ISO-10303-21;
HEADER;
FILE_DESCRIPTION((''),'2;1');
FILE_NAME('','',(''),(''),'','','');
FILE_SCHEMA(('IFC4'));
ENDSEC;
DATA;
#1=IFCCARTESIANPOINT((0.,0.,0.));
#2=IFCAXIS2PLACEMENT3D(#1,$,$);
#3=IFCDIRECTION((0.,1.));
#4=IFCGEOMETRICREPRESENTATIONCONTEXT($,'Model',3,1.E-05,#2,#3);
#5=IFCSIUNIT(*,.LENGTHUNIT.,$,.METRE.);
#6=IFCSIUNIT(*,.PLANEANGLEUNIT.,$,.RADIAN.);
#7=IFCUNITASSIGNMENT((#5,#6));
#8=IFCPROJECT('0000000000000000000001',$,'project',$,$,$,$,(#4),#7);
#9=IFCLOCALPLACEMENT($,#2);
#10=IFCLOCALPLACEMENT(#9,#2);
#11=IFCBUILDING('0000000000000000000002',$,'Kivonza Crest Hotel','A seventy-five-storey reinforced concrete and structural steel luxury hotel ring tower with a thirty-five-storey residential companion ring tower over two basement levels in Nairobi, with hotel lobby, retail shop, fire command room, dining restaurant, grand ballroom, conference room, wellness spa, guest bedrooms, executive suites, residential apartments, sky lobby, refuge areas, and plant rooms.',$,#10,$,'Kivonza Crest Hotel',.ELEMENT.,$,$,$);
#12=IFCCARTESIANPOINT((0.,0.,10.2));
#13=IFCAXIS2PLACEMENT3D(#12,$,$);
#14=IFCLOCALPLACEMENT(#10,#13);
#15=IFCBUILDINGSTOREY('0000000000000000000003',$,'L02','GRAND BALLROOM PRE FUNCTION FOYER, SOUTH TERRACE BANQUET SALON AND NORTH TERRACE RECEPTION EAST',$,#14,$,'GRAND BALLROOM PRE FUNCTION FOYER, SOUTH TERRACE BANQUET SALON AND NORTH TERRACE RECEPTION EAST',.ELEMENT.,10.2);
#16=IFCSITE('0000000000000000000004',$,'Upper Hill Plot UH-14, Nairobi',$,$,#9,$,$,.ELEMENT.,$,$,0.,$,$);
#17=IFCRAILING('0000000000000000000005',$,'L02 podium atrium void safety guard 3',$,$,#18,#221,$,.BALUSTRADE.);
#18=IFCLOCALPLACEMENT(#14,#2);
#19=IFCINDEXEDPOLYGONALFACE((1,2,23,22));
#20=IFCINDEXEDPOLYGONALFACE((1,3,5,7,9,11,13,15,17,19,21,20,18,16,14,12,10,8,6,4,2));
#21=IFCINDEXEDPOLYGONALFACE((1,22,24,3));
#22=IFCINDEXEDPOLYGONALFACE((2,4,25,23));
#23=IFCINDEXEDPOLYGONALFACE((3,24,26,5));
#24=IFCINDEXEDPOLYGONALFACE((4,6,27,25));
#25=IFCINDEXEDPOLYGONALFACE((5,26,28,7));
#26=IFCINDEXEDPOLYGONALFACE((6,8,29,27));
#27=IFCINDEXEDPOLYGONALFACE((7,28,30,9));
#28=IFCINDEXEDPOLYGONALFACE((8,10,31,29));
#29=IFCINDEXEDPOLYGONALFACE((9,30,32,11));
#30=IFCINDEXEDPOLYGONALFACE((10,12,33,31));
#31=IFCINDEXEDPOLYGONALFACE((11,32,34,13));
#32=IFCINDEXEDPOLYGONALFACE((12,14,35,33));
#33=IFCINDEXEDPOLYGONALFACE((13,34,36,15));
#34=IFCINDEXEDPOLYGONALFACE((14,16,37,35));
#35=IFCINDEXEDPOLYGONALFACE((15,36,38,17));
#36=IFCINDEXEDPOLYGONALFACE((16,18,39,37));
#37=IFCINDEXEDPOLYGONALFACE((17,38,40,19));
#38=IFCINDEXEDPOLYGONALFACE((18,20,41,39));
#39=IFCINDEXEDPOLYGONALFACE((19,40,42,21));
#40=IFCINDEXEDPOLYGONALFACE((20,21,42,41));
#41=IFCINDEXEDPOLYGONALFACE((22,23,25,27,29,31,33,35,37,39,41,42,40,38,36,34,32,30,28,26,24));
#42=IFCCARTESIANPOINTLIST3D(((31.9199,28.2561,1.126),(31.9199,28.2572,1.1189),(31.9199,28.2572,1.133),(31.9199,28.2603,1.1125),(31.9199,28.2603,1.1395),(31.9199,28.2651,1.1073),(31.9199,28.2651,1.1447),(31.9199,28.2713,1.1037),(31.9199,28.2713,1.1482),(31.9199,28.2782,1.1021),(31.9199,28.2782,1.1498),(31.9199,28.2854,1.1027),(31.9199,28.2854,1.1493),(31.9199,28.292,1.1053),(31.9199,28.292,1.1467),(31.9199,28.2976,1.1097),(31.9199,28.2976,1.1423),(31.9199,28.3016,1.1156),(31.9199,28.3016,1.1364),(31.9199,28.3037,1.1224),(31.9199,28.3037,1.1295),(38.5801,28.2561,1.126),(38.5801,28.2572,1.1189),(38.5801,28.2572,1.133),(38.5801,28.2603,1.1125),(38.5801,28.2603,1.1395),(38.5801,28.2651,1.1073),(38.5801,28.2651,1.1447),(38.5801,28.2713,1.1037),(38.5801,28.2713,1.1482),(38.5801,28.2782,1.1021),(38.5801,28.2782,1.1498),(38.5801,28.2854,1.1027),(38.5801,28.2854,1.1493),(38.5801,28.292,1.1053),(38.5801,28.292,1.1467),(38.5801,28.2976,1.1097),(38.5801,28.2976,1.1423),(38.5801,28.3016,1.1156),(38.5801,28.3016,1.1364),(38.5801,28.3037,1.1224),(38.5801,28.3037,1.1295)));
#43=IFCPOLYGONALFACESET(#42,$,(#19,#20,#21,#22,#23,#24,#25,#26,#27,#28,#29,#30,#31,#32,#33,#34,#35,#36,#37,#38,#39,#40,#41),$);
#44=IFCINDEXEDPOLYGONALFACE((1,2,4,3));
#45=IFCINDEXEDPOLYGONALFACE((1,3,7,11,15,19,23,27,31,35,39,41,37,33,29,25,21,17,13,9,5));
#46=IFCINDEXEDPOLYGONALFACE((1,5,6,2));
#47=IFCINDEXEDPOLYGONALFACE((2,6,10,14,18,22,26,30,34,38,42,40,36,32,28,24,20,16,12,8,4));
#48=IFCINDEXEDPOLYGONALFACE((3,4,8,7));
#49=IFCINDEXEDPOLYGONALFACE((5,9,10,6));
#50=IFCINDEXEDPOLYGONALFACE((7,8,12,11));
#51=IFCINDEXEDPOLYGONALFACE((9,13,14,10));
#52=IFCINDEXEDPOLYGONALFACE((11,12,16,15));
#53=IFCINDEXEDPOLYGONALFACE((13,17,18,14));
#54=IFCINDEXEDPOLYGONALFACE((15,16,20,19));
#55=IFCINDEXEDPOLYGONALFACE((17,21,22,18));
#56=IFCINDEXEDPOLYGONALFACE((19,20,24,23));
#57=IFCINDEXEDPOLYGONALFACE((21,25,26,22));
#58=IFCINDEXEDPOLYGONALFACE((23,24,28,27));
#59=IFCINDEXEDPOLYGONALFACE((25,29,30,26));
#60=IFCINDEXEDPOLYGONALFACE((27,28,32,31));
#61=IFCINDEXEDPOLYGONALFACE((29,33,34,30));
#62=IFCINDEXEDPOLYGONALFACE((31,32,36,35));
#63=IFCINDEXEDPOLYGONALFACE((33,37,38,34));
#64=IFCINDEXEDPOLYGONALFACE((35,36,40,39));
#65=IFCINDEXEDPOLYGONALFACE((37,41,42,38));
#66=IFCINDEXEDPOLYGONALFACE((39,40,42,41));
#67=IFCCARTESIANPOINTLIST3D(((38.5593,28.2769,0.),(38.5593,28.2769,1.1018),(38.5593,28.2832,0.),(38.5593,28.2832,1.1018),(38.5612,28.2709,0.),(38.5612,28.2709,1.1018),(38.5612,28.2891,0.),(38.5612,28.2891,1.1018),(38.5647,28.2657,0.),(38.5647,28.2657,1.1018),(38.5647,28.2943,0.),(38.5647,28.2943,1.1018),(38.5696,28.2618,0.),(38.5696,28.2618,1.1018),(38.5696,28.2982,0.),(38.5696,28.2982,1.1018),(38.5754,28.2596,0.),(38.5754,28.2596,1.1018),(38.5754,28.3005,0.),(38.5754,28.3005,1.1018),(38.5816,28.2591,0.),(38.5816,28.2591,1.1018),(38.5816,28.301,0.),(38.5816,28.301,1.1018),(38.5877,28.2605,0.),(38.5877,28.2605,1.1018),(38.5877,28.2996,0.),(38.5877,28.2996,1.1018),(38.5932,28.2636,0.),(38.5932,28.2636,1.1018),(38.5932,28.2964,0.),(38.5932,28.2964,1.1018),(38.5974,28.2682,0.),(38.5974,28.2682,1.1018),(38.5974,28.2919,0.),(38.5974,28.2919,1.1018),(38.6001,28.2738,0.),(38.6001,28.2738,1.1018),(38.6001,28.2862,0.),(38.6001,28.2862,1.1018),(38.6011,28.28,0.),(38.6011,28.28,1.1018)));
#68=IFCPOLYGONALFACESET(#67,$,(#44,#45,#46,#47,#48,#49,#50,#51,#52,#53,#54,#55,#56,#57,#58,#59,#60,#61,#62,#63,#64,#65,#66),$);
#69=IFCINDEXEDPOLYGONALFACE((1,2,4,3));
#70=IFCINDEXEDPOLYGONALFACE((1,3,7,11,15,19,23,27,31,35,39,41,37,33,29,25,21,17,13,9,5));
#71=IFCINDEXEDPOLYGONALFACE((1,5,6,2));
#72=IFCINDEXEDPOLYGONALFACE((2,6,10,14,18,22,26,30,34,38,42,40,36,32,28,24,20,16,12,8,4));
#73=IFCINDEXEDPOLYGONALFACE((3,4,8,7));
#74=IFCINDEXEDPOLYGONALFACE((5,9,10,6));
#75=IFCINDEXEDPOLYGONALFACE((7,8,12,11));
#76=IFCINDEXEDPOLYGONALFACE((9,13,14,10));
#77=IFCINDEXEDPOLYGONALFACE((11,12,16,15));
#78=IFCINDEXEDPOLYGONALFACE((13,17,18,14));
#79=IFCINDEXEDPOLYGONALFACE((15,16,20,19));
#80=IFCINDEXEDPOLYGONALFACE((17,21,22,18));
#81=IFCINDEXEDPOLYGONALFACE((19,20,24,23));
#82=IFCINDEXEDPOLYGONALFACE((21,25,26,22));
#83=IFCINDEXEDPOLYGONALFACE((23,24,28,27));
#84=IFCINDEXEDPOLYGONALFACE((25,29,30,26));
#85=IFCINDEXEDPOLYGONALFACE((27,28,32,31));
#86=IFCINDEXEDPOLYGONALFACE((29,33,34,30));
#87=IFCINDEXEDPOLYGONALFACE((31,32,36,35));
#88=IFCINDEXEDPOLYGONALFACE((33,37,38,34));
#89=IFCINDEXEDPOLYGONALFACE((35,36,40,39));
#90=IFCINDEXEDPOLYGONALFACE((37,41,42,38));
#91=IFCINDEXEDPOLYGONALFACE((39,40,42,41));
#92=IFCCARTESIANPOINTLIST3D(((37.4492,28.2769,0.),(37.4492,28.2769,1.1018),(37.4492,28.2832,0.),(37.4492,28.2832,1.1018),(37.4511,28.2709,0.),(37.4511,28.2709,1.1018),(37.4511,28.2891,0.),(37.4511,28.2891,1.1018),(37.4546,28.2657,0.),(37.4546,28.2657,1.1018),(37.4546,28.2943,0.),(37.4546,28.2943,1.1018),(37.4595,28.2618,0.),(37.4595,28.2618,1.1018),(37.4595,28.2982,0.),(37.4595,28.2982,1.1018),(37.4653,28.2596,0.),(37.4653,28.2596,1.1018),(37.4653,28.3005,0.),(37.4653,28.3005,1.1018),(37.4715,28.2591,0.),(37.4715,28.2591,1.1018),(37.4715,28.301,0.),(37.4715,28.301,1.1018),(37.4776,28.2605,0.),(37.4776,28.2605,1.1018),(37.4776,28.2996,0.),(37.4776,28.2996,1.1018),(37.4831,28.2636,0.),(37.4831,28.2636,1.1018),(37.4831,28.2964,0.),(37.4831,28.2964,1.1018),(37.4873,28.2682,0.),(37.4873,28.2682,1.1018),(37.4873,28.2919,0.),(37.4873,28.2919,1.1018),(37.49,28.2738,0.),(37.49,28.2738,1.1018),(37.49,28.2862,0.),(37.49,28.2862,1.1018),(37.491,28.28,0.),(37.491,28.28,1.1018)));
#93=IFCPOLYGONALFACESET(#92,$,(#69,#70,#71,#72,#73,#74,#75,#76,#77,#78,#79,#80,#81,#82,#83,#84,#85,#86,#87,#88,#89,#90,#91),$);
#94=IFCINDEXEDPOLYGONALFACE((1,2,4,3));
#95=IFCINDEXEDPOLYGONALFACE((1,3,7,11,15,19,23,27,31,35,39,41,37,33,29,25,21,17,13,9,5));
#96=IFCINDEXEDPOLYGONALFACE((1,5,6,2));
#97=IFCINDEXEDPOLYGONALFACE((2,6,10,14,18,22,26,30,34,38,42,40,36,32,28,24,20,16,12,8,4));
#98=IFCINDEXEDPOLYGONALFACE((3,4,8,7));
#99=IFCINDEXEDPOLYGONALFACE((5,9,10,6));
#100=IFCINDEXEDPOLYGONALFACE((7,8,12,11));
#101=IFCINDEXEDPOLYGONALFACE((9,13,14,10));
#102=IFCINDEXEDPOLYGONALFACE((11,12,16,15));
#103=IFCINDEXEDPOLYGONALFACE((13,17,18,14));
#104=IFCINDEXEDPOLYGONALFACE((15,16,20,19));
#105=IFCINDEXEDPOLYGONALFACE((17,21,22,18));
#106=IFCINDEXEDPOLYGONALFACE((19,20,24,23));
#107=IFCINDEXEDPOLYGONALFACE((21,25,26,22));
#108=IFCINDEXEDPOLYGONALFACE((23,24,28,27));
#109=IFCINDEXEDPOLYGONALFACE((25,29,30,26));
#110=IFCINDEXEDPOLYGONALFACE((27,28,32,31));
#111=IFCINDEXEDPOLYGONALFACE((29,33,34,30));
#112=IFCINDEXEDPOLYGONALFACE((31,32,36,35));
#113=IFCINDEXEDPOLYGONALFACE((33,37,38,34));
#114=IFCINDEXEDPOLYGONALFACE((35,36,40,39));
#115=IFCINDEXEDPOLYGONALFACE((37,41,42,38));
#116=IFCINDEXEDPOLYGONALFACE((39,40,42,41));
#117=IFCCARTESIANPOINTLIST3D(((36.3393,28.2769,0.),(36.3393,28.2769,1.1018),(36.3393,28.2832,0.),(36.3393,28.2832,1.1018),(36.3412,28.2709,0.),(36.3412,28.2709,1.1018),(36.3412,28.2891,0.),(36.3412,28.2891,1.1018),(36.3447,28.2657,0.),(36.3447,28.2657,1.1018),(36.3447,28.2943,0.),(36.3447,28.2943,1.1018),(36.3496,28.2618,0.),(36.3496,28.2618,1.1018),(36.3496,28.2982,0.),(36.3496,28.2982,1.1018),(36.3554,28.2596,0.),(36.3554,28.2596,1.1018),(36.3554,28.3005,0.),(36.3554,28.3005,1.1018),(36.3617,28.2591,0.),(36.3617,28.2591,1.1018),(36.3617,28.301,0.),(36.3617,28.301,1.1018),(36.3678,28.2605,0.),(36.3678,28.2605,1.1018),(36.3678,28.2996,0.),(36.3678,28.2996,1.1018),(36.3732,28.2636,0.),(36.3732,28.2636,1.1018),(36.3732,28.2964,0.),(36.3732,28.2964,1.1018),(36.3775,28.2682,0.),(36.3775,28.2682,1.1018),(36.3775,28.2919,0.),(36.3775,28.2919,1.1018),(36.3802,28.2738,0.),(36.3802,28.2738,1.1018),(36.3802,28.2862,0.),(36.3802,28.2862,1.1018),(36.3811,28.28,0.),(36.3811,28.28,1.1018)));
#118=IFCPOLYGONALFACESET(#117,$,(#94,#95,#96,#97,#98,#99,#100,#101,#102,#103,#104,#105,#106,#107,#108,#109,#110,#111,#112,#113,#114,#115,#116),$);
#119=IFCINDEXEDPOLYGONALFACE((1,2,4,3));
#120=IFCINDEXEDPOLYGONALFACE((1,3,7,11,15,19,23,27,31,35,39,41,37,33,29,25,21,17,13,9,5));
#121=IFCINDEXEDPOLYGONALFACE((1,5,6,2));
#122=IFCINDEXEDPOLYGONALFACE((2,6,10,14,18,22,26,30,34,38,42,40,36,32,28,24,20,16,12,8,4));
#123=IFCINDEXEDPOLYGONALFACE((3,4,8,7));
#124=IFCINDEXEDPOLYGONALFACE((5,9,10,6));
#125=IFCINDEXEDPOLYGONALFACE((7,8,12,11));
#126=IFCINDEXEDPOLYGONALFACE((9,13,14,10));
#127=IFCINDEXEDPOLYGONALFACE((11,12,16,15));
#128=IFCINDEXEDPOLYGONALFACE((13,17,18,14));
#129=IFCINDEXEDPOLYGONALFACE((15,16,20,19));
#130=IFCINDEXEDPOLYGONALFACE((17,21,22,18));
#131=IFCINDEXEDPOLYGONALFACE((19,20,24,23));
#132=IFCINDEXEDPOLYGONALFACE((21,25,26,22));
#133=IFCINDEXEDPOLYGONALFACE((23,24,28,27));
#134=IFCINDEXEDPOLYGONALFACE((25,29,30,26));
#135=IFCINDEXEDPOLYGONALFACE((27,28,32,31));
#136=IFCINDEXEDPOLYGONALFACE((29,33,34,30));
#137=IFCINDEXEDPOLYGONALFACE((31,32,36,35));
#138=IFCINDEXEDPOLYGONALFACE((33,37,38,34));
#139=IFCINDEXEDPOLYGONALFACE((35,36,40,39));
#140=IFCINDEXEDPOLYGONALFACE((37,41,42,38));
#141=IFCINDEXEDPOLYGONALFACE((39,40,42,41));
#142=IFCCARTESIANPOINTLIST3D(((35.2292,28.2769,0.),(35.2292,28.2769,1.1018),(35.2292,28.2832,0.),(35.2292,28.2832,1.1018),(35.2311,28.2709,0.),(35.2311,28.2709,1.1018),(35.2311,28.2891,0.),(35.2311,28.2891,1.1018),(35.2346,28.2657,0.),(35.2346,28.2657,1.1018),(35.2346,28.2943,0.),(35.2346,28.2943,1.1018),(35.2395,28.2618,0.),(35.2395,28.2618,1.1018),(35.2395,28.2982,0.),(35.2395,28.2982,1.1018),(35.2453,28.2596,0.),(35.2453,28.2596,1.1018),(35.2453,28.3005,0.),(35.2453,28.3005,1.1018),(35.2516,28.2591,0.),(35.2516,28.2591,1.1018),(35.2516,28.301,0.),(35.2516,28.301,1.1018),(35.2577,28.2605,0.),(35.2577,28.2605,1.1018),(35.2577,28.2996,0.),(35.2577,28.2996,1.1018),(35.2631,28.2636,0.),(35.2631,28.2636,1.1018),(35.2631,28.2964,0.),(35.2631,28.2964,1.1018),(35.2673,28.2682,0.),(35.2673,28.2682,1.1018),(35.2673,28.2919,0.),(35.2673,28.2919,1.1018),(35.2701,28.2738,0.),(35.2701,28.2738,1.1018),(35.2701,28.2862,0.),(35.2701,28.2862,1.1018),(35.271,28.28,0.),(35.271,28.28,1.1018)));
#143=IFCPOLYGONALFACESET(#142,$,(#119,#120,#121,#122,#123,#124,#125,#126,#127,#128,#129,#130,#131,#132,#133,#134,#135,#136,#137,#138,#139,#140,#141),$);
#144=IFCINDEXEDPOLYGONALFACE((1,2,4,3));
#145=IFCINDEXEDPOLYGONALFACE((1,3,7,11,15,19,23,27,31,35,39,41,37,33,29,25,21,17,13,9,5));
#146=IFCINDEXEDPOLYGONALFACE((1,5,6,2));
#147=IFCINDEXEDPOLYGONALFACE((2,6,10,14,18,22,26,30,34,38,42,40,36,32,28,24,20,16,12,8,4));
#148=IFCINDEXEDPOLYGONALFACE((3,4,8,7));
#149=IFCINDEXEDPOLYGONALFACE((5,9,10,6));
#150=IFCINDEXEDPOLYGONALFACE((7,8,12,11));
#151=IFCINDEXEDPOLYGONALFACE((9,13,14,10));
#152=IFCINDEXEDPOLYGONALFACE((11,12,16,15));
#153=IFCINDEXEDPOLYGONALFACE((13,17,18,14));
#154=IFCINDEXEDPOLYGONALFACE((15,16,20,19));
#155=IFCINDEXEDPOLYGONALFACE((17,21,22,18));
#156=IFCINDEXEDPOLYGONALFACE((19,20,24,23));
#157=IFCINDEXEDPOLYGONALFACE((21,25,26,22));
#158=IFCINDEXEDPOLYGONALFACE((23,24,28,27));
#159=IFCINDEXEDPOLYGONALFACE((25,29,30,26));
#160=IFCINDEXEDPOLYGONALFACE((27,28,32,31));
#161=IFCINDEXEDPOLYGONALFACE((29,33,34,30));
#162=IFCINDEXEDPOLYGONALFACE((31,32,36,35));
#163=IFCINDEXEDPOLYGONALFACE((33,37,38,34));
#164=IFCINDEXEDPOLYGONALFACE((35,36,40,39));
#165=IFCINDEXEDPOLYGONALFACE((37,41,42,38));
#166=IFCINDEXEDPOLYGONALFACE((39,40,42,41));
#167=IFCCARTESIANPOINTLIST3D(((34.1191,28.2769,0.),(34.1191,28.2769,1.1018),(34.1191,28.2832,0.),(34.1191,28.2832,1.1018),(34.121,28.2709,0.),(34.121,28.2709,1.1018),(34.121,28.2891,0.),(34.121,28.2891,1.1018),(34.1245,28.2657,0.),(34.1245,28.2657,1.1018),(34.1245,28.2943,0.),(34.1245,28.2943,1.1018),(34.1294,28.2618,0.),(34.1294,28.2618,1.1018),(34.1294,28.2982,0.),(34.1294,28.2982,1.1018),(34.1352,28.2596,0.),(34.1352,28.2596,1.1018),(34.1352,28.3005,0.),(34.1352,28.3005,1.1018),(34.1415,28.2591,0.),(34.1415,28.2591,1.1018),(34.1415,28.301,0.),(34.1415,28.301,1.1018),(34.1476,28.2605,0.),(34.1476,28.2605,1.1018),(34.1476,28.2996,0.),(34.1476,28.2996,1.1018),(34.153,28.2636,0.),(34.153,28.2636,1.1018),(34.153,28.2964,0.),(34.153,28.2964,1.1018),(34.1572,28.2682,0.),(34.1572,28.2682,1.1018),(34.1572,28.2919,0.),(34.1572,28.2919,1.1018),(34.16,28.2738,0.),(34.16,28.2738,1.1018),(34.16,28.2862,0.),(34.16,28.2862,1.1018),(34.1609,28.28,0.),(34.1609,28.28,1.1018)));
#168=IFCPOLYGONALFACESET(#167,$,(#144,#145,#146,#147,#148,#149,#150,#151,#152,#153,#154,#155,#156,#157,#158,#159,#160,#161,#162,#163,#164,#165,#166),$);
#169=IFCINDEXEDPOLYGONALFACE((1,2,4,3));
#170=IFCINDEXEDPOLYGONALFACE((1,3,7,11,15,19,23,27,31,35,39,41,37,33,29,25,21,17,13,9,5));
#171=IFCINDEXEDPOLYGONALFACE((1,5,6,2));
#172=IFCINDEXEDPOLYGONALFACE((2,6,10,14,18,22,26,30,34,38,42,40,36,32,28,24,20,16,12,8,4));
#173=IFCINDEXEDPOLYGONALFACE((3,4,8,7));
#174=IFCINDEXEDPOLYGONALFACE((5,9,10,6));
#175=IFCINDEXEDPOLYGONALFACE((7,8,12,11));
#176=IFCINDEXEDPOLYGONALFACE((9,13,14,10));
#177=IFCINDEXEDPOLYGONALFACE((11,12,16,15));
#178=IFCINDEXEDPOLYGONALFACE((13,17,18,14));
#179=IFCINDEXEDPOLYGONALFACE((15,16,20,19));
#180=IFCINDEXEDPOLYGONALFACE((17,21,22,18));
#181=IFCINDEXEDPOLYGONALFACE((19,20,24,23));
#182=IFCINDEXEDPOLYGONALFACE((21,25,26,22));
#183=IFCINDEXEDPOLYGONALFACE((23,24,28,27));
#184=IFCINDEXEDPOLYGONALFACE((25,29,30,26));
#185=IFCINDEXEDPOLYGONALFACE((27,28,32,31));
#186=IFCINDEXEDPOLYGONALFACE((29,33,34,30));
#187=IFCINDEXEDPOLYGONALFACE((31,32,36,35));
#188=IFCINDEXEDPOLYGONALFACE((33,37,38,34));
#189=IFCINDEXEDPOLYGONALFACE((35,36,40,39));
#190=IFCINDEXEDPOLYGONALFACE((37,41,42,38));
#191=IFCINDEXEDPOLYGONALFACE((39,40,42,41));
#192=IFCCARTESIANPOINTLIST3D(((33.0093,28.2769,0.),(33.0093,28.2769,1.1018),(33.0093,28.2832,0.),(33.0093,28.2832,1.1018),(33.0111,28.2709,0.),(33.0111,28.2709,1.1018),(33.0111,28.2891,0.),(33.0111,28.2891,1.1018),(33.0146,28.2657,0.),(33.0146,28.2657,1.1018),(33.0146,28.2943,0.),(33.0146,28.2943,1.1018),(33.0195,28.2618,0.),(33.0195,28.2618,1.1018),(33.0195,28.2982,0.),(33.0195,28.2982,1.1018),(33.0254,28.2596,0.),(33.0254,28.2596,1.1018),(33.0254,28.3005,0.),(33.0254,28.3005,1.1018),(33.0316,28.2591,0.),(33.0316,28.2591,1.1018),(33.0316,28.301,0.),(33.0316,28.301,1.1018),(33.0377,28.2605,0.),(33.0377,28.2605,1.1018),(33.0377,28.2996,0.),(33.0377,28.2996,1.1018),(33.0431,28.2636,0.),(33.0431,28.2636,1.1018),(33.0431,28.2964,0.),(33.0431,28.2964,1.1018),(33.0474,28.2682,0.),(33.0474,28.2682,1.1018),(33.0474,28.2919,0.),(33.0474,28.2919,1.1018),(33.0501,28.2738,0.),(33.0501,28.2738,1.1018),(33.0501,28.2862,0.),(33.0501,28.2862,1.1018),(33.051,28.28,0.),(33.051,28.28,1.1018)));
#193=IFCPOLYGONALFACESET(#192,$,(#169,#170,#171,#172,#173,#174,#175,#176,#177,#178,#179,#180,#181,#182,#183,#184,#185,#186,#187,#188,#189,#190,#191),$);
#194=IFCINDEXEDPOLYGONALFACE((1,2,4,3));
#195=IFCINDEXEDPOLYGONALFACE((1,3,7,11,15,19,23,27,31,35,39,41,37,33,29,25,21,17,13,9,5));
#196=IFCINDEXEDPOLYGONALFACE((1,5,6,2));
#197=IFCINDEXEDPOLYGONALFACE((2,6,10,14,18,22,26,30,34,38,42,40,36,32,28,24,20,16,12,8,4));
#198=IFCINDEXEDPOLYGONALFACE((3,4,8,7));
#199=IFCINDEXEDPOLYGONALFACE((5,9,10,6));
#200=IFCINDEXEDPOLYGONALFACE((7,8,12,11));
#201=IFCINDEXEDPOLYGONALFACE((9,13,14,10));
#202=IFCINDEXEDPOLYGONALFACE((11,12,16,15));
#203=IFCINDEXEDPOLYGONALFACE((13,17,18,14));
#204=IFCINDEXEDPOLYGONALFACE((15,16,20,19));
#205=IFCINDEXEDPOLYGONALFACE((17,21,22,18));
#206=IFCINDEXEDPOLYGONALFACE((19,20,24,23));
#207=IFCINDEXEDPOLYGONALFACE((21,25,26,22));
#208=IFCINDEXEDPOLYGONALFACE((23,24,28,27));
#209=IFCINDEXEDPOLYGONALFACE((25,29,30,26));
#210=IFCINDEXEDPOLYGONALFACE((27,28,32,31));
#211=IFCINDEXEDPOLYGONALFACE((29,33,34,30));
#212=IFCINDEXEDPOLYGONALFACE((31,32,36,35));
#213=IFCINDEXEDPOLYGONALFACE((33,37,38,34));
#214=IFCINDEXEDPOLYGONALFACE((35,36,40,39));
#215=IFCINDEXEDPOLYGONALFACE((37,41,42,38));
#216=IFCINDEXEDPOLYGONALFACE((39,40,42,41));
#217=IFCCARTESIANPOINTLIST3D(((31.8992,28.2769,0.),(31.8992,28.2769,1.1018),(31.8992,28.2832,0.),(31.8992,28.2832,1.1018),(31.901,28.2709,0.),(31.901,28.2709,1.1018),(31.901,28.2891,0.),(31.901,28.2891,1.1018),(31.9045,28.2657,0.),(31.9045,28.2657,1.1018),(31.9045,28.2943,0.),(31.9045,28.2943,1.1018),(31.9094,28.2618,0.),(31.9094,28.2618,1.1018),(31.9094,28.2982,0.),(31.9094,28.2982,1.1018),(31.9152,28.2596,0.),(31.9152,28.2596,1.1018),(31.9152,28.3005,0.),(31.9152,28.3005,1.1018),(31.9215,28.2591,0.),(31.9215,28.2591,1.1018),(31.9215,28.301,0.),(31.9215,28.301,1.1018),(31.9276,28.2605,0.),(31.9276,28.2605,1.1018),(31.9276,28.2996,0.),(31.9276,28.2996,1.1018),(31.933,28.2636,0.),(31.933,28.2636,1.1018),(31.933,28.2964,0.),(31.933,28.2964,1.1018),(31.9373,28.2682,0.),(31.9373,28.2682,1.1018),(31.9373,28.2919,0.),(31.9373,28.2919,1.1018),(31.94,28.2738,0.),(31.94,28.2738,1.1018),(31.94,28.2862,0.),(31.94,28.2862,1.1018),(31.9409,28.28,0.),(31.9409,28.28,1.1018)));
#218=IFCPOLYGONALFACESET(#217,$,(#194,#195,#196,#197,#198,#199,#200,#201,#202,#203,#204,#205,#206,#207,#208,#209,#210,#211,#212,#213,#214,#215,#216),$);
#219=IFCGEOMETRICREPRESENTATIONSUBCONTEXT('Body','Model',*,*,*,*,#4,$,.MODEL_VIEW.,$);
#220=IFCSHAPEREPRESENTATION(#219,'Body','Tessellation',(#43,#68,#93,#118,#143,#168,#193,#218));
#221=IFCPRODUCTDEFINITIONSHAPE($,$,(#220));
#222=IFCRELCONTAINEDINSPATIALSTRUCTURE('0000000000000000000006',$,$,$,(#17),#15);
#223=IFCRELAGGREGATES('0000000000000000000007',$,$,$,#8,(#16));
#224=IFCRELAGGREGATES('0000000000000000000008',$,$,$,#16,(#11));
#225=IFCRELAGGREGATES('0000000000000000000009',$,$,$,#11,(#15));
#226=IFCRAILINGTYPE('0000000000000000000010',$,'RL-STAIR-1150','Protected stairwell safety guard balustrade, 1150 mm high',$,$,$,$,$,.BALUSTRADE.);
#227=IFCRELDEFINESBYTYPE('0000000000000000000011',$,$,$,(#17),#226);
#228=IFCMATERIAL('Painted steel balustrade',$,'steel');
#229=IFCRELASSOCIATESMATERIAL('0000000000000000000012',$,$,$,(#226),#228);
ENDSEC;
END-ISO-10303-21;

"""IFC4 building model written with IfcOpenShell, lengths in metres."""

from ifc_helpers import new_model, si_unit, direction, frame, origin, origin_2d, place, context, subcontext, project, spatial, circle, extrude, material, type_object, element, save


model = new_model("IFC4")

# Units and contexts
model_context = context("Model", 3, precision=1e-05, world=origin(), true_north=direction((0.0, 1.0)))
body_context = subcontext(model_context, "Body", "Model", "MODEL_VIEW")
ifc_project = project(units=[si_unit("LENGTHUNIT", "METRE"), si_unit("PLANEANGLEUNIT", "RADIAN")], contexts=[model_context])

# Site, building, storey
site_placement = place(None, origin())
site = spatial("IfcSite", under=ifc_project, at=site_placement, Name="Upper Hill Plot UH-14, Nairobi", CompositionType="ELEMENT", RefElevation=0.0)
building_placement = place(site_placement, origin())
building = spatial("IfcBuilding", under=site, at=building_placement, Name="Kivonza Crest Hotel", Description="A seventy-five-storey reinforced concrete and structural steel luxury hotel ring tower with a thirty-five-storey residential companion ring tower over two basement levels in Nairobi, with hotel lobby, retail shop, fire command room, dining restaurant, grand ballroom, conference room, wellness spa, guest bedrooms, executive suites, residential apartments, sky lobby, refuge areas, and plant rooms.", LongName="Kivonza Crest Hotel", CompositionType="ELEMENT")
storey_placement = place(building_placement, frame((0.0, 0.0, 10.2)))
storey = spatial("IfcBuildingStorey", under=building, at=storey_placement, Name="L02", Description="GRAND BALLROOM PRE FUNCTION FOYER, SOUTH TERRACE BANQUET SALON AND NORTH TERRACE RECEPTION EAST", LongName="GRAND BALLROOM PRE FUNCTION FOYER, SOUTH TERRACE BANQUET SALON AND NORTH TERRACE RECEPTION EAST", CompositionType="ELEMENT", Elevation=10.2)

# Railing
ifc_material_1 = material(Name="Painted steel balustrade", Category="steel")
railing_type = type_object("IfcRailingType", Name="RL-STAIR-1150", Description="Protected stairwell safety guard balustrade, 1150 mm high", PredefinedType="BALUSTRADE", material=ifc_material_1)
railing_1_placement = place(storey_placement, frame((38.5801, 28.28, 0.0)))
element("IfcRailing", 1, at=railing_1_placement, inside=storey, type_object=railing_type, Name="L02 podium atrium void safety guard 3", PredefinedType="BALUSTRADE", context=body_context, shape_type="SweptSolid", body=[
    extrude(circle(Radius=0.0239, at=origin_2d()), frame((0.0, 0.0, 1.126), z_axis=(-1.0, 0.0, 0.0), x_axis=(0.0, -1.0, 0.0)), (0.0, 0.0, 1.0), 6.6602),
    extrude(circle(Radius=0.021, at=origin_2d()), origin(), (0.0, 0.0, 1.0), 1.1018),
    extrude(circle(Radius=0.021, at=origin_2d()), frame((-1.1101, 0.0, 0.0)), (0.0, 0.0, 1.0), 1.1018),
    extrude(circle(Radius=0.021, at=origin_2d()), frame((-2.22, 0.0, 0.0)), (0.0, 0.0, 1.0), 1.1018),
    extrude(circle(Radius=0.021, at=origin_2d()), frame((-3.3301, 0.0, 0.0)), (0.0, 0.0, 1.0), 1.1018),
    extrude(circle(Radius=0.021, at=origin_2d()), frame((-4.4402, 0.0, 0.0)), (0.0, 0.0, 1.0), 1.1018),
    extrude(circle(Radius=0.021, at=origin_2d()), frame((-5.55, 0.0, 0.0)), (0.0, 0.0, 1.0), 1.1018),
    extrude(circle(Radius=0.021, at=origin_2d()), frame((-6.6602, 0.0, 0.0)), (0.0, 0.0, 1.0), 1.1018),
])

save(model, "model.ifc")
